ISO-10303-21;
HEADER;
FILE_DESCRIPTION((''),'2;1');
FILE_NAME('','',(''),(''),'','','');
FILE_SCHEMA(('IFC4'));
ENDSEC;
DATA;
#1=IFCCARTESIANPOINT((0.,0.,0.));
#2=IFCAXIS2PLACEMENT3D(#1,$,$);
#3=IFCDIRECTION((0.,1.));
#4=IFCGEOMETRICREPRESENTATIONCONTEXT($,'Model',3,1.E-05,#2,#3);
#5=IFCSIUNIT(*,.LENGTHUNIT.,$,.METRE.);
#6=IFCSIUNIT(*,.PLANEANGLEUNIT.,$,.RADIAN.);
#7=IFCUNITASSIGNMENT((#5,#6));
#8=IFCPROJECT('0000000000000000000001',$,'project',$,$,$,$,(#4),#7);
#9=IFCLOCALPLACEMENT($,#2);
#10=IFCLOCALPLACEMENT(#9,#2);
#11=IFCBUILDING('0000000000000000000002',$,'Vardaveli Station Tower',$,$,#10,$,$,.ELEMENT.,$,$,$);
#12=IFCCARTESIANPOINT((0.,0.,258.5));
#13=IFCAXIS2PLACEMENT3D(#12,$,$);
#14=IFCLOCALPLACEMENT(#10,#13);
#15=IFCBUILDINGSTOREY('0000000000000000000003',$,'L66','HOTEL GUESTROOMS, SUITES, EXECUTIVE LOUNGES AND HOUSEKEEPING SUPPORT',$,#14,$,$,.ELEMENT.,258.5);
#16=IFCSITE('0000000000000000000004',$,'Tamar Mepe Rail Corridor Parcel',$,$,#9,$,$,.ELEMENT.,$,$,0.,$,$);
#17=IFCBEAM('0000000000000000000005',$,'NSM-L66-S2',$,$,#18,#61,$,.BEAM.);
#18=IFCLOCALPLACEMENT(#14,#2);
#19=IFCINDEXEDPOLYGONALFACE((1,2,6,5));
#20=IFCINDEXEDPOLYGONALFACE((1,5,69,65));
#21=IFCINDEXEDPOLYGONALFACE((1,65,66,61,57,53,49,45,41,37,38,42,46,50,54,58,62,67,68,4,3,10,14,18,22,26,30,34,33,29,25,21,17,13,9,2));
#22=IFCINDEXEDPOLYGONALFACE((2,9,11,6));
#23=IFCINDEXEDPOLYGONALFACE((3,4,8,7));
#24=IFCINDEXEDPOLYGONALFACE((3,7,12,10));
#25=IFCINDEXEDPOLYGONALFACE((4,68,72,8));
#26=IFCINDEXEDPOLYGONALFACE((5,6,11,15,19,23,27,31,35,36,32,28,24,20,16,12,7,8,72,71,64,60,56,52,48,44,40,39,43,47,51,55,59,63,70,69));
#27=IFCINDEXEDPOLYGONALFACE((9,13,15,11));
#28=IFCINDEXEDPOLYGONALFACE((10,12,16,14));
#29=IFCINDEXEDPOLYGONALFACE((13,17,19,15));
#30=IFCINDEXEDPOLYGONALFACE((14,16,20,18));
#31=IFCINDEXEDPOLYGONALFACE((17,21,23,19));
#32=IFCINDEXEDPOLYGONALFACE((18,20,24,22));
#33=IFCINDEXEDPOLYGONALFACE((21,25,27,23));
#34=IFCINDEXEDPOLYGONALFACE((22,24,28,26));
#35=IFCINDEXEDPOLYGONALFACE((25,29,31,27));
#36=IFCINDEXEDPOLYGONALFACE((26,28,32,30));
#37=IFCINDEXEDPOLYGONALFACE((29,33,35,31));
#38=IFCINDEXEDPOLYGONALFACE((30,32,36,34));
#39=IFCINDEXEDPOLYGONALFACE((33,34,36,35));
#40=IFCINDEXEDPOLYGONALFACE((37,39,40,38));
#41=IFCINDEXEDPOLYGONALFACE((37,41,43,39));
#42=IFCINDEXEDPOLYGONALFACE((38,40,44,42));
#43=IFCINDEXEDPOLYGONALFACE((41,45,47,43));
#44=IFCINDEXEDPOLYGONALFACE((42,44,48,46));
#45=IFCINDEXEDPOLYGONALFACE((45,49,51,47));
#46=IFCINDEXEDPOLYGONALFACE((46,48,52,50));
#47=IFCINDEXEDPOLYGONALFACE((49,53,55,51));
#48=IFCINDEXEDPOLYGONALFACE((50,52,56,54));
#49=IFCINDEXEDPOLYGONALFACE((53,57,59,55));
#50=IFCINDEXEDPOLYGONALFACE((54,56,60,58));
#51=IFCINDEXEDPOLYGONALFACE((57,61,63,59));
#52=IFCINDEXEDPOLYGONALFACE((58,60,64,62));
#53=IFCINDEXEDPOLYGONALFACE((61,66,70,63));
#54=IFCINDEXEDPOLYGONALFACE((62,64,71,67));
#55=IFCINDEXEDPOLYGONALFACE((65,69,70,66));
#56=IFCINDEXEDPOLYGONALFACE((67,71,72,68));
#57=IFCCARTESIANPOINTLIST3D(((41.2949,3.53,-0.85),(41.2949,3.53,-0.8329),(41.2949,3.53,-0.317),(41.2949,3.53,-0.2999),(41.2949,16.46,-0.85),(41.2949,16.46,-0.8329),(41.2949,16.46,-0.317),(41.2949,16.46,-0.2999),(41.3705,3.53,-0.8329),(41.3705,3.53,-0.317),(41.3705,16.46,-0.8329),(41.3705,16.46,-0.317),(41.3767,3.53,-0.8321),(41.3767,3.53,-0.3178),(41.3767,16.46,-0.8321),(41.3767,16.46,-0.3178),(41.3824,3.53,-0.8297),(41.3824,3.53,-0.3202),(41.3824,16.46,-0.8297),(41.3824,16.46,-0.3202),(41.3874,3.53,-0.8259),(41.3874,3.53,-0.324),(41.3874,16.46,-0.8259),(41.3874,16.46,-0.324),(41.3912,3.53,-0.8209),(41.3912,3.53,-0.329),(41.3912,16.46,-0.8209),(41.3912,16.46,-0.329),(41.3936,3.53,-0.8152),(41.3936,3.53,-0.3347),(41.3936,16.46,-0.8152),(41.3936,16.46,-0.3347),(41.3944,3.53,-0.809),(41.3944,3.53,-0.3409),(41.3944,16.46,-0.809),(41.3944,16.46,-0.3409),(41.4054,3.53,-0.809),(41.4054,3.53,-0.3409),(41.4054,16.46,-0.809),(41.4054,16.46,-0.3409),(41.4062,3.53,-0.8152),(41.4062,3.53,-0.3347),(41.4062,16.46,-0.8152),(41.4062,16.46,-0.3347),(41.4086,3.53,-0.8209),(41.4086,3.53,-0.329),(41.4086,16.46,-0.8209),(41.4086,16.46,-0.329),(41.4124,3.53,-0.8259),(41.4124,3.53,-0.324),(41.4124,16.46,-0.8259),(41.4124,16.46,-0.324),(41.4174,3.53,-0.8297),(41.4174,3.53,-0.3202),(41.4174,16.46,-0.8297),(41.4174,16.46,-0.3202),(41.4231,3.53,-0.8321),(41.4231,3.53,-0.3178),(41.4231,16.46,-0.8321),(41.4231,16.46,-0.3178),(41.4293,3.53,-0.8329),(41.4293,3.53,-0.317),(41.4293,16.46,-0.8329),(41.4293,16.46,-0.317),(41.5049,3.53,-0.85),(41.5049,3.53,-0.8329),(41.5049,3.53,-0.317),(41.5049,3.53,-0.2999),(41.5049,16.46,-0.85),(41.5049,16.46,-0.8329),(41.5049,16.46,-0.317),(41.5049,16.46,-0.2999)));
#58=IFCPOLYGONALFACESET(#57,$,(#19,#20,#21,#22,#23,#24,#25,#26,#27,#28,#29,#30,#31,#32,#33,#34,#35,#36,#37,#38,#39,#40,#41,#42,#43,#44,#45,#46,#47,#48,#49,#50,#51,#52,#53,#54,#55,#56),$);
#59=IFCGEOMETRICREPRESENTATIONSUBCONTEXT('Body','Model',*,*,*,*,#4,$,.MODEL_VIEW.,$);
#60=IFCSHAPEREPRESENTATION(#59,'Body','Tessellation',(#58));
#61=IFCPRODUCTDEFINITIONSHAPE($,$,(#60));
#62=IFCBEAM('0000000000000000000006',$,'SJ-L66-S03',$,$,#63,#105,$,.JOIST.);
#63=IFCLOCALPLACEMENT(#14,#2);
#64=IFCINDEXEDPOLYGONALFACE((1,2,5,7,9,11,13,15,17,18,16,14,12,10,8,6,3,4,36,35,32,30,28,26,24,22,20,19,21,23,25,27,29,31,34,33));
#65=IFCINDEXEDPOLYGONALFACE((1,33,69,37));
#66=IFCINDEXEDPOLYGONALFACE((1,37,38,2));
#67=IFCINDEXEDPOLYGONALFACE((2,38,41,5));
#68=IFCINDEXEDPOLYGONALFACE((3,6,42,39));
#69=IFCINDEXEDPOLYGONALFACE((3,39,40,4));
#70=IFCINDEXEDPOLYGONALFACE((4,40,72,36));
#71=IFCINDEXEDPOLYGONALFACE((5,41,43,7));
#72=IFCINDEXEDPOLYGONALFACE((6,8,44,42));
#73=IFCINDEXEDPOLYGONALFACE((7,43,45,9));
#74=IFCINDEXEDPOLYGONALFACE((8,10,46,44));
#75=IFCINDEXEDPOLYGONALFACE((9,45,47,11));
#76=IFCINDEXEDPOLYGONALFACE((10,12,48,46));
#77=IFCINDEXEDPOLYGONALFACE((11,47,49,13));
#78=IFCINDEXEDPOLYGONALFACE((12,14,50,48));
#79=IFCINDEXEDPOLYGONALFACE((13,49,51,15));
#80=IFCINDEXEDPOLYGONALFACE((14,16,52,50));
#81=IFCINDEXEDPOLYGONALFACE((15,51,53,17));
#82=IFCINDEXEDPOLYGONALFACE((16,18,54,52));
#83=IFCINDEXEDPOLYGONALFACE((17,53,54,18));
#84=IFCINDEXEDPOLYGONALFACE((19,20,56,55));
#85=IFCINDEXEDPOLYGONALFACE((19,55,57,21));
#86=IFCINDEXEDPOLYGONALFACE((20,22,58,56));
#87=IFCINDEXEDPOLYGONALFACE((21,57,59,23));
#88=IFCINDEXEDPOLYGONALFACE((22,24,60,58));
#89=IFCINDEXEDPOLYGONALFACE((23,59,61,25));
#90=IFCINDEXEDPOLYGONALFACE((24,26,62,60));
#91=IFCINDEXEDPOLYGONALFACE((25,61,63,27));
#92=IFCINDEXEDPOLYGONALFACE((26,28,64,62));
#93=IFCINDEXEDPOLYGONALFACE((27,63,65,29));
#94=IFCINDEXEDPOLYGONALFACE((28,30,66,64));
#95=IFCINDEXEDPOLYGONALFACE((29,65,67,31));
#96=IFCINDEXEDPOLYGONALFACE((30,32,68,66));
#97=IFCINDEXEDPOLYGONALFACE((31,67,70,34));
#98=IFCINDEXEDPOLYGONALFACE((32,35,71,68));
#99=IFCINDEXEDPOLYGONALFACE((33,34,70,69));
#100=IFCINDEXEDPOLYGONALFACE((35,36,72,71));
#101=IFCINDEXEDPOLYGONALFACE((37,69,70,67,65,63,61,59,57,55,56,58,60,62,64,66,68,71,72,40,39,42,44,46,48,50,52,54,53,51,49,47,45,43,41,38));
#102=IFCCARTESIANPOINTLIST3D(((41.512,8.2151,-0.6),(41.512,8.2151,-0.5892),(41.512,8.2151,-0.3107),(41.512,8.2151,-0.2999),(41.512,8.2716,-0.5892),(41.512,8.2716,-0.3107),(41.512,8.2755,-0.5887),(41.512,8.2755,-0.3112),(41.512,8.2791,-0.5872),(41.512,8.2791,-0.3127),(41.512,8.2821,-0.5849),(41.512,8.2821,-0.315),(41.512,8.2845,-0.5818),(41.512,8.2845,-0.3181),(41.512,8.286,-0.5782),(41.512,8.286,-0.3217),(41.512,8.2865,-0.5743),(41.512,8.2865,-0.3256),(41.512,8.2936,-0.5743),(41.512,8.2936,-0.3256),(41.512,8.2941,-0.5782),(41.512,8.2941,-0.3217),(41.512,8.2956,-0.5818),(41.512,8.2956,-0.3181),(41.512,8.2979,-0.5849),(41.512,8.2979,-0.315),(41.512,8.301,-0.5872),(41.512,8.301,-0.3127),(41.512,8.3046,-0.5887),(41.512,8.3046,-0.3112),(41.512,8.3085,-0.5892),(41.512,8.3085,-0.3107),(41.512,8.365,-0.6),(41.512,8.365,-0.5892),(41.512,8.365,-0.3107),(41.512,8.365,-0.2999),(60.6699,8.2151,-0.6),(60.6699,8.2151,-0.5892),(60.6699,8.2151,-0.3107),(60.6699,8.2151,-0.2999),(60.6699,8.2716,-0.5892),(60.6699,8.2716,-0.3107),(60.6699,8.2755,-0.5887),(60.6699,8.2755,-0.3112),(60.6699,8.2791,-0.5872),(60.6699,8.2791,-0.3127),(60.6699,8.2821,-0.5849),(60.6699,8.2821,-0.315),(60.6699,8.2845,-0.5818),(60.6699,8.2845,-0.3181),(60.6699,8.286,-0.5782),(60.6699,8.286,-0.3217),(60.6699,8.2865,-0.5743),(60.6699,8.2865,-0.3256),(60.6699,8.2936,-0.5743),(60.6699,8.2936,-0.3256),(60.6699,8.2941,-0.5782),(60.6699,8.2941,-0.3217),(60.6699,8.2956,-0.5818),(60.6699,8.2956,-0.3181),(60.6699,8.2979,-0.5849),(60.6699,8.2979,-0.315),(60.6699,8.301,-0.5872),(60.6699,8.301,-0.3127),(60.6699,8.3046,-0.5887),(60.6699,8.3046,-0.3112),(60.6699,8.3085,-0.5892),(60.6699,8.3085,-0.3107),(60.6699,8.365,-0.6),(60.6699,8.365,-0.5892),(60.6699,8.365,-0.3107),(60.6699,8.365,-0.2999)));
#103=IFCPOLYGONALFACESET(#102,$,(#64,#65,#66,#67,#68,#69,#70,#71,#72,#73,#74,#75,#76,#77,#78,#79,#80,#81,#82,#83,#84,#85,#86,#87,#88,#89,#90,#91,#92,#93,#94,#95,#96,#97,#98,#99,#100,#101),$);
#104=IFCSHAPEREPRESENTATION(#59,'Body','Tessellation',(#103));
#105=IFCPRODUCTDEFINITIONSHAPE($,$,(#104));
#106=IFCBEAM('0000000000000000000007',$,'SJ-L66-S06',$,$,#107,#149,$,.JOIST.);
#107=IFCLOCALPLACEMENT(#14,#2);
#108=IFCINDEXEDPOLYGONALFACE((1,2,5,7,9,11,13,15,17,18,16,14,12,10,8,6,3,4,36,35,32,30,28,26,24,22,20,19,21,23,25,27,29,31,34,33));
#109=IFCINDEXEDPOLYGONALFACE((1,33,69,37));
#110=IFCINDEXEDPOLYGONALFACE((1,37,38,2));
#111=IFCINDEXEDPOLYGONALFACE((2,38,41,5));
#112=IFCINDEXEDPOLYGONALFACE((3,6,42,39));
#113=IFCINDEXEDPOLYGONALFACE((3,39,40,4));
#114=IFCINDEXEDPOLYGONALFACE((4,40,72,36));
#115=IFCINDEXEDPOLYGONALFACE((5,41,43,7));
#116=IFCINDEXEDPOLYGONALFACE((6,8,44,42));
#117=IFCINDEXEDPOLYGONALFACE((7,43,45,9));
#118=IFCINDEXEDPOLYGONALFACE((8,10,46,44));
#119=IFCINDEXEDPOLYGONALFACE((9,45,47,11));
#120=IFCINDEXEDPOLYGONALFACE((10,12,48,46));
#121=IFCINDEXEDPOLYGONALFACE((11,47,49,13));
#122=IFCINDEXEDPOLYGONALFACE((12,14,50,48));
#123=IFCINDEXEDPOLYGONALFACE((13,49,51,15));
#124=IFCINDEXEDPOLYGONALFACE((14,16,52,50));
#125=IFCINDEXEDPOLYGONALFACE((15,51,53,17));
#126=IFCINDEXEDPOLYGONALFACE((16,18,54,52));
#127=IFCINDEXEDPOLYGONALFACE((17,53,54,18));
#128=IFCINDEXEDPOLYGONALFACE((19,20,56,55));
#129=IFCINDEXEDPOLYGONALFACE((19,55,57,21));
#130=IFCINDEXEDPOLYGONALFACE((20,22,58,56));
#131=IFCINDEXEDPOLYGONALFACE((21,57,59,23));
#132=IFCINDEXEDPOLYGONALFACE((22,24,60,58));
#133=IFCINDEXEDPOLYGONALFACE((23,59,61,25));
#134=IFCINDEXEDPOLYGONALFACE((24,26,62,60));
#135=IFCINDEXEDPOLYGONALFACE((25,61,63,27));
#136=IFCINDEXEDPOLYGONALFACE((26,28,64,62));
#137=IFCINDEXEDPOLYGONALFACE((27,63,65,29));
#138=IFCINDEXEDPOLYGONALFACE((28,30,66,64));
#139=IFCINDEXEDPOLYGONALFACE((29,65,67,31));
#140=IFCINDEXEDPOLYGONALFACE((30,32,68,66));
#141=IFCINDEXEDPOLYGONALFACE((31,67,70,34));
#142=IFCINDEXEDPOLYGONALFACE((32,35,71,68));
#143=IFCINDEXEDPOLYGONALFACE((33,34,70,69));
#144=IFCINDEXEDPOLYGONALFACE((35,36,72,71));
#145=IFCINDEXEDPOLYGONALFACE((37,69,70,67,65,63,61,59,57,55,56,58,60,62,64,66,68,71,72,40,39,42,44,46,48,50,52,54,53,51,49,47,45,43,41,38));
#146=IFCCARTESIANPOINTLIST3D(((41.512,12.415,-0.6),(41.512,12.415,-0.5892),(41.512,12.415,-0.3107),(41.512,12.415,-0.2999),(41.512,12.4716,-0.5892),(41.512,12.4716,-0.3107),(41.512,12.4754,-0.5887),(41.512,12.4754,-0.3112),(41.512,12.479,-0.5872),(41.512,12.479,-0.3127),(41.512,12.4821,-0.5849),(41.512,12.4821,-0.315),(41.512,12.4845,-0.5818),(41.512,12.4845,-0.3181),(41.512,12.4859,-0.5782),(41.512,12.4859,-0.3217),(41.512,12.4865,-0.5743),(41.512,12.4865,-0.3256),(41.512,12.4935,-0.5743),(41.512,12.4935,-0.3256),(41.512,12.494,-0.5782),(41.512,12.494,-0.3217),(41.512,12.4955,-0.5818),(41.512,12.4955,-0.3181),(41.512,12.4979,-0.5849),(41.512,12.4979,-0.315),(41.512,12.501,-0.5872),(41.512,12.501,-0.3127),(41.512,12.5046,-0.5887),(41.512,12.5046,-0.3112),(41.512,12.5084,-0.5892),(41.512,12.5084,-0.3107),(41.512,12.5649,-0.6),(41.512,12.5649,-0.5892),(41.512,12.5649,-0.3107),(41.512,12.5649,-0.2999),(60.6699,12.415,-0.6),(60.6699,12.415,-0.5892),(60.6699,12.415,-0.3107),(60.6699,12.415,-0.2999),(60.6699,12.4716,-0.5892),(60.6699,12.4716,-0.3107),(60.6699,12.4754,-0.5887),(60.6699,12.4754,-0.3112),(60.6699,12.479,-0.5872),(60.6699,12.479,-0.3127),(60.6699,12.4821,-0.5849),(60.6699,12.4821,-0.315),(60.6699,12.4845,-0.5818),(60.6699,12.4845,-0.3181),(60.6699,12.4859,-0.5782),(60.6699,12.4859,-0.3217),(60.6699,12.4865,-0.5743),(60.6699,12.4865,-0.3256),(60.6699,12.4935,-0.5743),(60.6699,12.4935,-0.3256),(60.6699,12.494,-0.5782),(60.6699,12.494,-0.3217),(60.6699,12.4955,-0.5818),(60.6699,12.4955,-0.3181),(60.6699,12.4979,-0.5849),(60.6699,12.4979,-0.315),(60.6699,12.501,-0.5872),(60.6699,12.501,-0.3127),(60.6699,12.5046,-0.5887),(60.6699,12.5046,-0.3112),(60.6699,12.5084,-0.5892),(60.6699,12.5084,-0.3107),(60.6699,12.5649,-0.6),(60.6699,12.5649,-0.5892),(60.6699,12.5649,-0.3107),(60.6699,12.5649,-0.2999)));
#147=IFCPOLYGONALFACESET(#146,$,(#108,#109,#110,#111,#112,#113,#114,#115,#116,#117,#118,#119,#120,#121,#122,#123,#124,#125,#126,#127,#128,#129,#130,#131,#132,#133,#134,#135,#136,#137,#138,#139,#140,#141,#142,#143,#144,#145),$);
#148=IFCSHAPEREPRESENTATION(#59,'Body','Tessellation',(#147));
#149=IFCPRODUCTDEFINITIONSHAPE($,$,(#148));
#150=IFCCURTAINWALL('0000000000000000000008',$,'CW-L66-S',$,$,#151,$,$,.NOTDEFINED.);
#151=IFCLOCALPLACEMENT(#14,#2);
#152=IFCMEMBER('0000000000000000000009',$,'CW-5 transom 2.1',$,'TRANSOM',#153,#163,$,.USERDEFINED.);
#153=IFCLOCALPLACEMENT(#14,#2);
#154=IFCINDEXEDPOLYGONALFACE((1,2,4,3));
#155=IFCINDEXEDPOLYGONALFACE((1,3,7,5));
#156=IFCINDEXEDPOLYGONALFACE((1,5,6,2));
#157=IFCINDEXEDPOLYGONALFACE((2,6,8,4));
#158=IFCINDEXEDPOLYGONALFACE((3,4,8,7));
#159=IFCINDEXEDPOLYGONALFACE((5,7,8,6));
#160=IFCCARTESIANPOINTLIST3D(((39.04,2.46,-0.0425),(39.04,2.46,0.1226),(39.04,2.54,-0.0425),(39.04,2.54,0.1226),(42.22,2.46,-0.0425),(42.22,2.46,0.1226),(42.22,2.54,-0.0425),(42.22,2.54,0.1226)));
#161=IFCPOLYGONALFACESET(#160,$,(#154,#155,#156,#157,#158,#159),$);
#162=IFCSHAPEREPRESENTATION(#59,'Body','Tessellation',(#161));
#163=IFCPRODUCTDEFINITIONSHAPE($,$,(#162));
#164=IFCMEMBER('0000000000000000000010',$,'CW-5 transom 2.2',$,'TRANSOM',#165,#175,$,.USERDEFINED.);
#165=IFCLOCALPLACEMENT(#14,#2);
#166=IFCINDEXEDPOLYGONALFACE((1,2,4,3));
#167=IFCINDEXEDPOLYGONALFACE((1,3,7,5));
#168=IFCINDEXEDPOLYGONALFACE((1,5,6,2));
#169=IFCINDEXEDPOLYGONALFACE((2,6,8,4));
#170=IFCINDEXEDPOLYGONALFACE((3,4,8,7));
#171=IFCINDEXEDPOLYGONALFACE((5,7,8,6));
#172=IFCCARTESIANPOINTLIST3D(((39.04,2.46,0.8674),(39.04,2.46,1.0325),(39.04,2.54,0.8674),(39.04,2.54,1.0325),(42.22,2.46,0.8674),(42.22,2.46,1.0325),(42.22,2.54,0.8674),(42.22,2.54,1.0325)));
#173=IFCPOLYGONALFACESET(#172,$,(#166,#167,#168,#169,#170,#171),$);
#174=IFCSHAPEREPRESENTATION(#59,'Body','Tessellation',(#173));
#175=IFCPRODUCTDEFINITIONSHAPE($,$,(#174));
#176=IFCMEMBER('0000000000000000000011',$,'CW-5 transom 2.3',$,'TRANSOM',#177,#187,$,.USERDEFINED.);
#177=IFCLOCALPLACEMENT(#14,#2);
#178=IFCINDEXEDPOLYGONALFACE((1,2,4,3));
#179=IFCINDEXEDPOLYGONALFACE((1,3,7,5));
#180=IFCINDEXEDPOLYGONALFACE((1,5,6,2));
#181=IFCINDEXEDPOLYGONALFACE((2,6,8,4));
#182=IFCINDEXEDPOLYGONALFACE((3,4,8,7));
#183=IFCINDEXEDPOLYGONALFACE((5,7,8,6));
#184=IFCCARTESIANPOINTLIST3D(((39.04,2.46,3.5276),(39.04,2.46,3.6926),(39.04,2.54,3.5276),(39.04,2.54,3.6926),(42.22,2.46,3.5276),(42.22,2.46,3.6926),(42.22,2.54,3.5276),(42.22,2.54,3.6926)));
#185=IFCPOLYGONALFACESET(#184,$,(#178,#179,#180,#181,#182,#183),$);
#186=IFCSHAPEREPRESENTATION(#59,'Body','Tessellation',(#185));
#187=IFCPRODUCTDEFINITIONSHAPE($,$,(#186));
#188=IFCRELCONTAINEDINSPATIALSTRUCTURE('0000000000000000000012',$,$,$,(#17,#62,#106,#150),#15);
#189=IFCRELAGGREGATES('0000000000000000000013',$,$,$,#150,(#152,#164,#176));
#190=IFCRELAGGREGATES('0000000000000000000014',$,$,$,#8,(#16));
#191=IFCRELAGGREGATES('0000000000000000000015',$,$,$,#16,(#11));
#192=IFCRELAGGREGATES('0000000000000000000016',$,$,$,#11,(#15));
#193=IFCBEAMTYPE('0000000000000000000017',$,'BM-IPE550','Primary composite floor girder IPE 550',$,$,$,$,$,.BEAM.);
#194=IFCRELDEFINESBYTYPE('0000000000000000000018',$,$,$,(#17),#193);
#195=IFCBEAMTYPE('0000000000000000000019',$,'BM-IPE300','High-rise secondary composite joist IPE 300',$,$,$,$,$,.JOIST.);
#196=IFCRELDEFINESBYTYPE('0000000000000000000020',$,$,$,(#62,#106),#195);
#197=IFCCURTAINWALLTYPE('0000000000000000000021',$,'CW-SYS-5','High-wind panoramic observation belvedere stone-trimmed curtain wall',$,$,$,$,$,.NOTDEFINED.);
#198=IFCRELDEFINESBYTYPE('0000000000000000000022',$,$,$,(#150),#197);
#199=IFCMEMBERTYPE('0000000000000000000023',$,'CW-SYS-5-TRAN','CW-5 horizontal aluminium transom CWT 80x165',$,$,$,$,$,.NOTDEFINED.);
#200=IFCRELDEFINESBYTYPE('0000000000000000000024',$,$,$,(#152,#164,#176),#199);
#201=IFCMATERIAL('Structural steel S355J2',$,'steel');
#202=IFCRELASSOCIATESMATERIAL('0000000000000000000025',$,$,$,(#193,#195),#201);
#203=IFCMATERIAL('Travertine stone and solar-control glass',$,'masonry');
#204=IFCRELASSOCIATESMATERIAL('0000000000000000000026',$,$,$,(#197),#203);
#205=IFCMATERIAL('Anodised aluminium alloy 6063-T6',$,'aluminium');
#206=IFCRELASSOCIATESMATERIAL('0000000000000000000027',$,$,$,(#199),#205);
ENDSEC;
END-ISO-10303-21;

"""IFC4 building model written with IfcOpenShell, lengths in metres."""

from ifc_helpers import new_model, si_unit, direction, frame, origin, origin_2d, place, context, subcontext, project, spatial, rectangle, i_section, extrude, source, transform, mapped, material, material_profile, profile_set, type_object, element, aggregate, save


model = new_model("IFC4")

# Units and contexts
model_context = context("Model", 3, precision=1e-05, world=origin(), true_north=direction((0.0, 1.0)))
body_context = subcontext(model_context, "Body", "Model", "MODEL_VIEW")
ifc_project = project(units=[si_unit("LENGTHUNIT", "METRE"), si_unit("PLANEANGLEUNIT", "RADIAN")], contexts=[model_context])

# Site, building, storey
site_placement = place(None, origin())
site = spatial("IfcSite", under=ifc_project, at=site_placement, Name="Tamar Mepe Rail Corridor Parcel", CompositionType="ELEMENT", RefElevation=0.0)
building_placement = place(site_placement, origin())
building = spatial("IfcBuilding", under=site, at=building_placement, Name="Vardaveli Station Tower", CompositionType="ELEMENT")
storey_placement = place(building_placement, frame((0.0, 0.0, 258.5)))
storey = spatial("IfcBuildingStorey", under=building, at=storey_placement, Name="L66", Description="HOTEL GUESTROOMS, SUITES, EXECUTIVE LOUNGES AND HOUSEKEEPING SUPPORT", CompositionType="ELEMENT", Elevation=258.5)

# Beams
ifc_material_1 = material(Name="Structural steel S355J2", Category="steel")
ifc_material_profile_1 = material_profile(ifc_material_1, i_section(OverallWidth=0.21, OverallDepth=0.55, WebThickness=0.011, FlangeThickness=0.0171, FilletRadius=0.0239, at=origin_2d()), Name="IPE 550")
ifc_profile_set_1 = profile_set([ifc_material_profile_1], Name="Structural steel S355J2")
beam_type_1 = type_object("IfcBeamType", Name="BM-IPE550", Description="Primary composite floor girder IPE 550", PredefinedType="BEAM", material=ifc_profile_set_1)
shared_shape_1 = source(origin(), body_context, "Body", "SweptSolid", [
    extrude(i_section(OverallWidth=0.21, OverallDepth=0.55, WebThickness=0.011, FlangeThickness=0.0171, FilletRadius=0.0239, at=origin_2d()), origin(), (0.0, 0.0, 1.0), 12.9299),
])
beam_1_placement = place(storey_placement, frame((41.3999, 3.53, -0.575), z_axis=(0.0, 1.0, 0.0), x_axis=(-1.0, 0.0, 0.0)))
element("IfcBeam", 1, at=beam_1_placement, inside=storey, type_object=beam_type_1, Name="NSM-L66-S2", PredefinedType="BEAM", context=body_context, shape_type="MappedRepresentation", body=[
    mapped(shared_shape_1, transform((0.0, 0.0, 0.0), scale=1.0)),
])
ifc_material_profile_2 = material_profile(ifc_material_1, i_section(OverallWidth=0.1499, OverallDepth=0.3, WebThickness=0.0071, FlangeThickness=0.0107, FilletRadius=0.0149, at=origin_2d()), Name="IPE 300")
ifc_profile_set_2 = profile_set([ifc_material_profile_2], Name="Structural steel S355J2")
beam_type_2 = type_object("IfcBeamType", Name="BM-IPE300", Description="High-rise secondary composite joist IPE 300", PredefinedType="JOIST", material=ifc_profile_set_2)
shared_shape_2 = source(origin(), body_context, "Body", "SweptSolid", [
    extrude(i_section(OverallWidth=0.1499, OverallDepth=0.3, WebThickness=0.0071, FlangeThickness=0.0107, FilletRadius=0.0149, at=origin_2d()), origin(), (0.0, 0.0, 1.0), 19.158),
])
for number, where, z_axis, x_axis, name in (
    (2, (41.512, 8.29, -0.45), (1.0, 0.0, 0.0), (0.0, 1.0, 0.0), "SJ-L66-S03"),
    (3, (41.512, 12.49, -0.45), (1.0, 0.0, 0.0), (0.0, 1.0, 0.0), "SJ-L66-S06"),
):
    element("IfcBeam", number, at=place(storey_placement, frame(where, z_axis=z_axis, x_axis=x_axis)), inside=storey, type_object=beam_type_2, Name=name, PredefinedType="JOIST", context=body_context, shape_type="MappedRepresentation", body=[
        mapped(shared_shape_2, transform((0.0, 0.0, 0.0), scale=1.0)),
    ])

# Curtain wall, members
ifc_material_2 = material(Name="Travertine stone and solar-control glass", Category="masonry")
curtain_wall_type = type_object("IfcCurtainWallType", Name="CW-SYS-5", Description="High-wind panoramic observation belvedere stone-trimmed curtain wall", PredefinedType="NOTDEFINED", material=ifc_material_2)
curtain_wall_placement = place(storey_placement, origin())
curtain_wall = element("IfcCurtainWall", 4, at=curtain_wall_placement, inside=storey, type_object=curtain_wall_type, Name="CW-L66-S", PredefinedType="NOTDEFINED")
ifc_material_3 = material(Name="Anodised aluminium alloy 6063-T6", Category="aluminium")
ifc_material_profile_3 = material_profile(ifc_material_3, rectangle(XDim=0.0801, YDim=0.165, at=origin_2d()), Name="CWT 80x165")
ifc_profile_set_3 = profile_set([ifc_material_profile_3], Name="Anodised aluminium alloy 6063-T6")
member_type_1 = type_object("IfcMemberType", Name="CW-SYS-5-TRAN", Description="CW-5 horizontal aluminium transom CWT 80x165", PredefinedType="NOTDEFINED", material=ifc_profile_set_3)
shared_shape_3 = source(origin(), body_context, "Body", "SweptSolid", [
    extrude(rectangle(XDim=0.0801, YDim=0.165, at=origin_2d()), origin(), (0.0, 0.0, 1.0), 3.1799),
])
member_1_placement = place(storey_placement, frame((39.04, 2.5, 0.04), z_axis=(1.0, 0.0, 0.0), x_axis=(0.0, 1.0, 0.0)))
member_1 = element("IfcMember", 5, at=member_1_placement, type_object=member_type_1, Name="CW-5 transom 2.1", ObjectType="TRANSOM", PredefinedType="USERDEFINED", context=body_context, shape_type="MappedRepresentation", body=[
    mapped(shared_shape_3, transform((0.0, 0.0, 0.0), scale=1.0)),
])
member_2_placement = place(storey_placement, frame((39.04, 2.5, 0.95), z_axis=(1.0, 0.0, 0.0), x_axis=(0.0, 1.0, 0.0)))
member_2 = element("IfcMember", 6, at=member_2_placement, type_object=member_type_1, Name="CW-5 transom 2.2", ObjectType="TRANSOM", PredefinedType="USERDEFINED", context=body_context, shape_type="MappedRepresentation", body=[
    mapped(shared_shape_3, transform((0.0, 0.0, 0.0), scale=1.0)),
])
member_3_placement = place(storey_placement, frame((39.04, 2.5, 3.6101), z_axis=(1.0, 0.0, 0.0), x_axis=(0.0, 1.0, 0.0)))
member_3 = element("IfcMember", 7, at=member_3_placement, type_object=member_type_1, Name="CW-5 transom 2.3", ObjectType="TRANSOM", PredefinedType="USERDEFINED", context=body_context, shape_type="MappedRepresentation", body=[
    mapped(shared_shape_3, transform((0.0, 0.0, 0.0), scale=1.0)),
])
aggregate(curtain_wall, [member_1, member_2, member_3])

save(model, "model.ifc")
